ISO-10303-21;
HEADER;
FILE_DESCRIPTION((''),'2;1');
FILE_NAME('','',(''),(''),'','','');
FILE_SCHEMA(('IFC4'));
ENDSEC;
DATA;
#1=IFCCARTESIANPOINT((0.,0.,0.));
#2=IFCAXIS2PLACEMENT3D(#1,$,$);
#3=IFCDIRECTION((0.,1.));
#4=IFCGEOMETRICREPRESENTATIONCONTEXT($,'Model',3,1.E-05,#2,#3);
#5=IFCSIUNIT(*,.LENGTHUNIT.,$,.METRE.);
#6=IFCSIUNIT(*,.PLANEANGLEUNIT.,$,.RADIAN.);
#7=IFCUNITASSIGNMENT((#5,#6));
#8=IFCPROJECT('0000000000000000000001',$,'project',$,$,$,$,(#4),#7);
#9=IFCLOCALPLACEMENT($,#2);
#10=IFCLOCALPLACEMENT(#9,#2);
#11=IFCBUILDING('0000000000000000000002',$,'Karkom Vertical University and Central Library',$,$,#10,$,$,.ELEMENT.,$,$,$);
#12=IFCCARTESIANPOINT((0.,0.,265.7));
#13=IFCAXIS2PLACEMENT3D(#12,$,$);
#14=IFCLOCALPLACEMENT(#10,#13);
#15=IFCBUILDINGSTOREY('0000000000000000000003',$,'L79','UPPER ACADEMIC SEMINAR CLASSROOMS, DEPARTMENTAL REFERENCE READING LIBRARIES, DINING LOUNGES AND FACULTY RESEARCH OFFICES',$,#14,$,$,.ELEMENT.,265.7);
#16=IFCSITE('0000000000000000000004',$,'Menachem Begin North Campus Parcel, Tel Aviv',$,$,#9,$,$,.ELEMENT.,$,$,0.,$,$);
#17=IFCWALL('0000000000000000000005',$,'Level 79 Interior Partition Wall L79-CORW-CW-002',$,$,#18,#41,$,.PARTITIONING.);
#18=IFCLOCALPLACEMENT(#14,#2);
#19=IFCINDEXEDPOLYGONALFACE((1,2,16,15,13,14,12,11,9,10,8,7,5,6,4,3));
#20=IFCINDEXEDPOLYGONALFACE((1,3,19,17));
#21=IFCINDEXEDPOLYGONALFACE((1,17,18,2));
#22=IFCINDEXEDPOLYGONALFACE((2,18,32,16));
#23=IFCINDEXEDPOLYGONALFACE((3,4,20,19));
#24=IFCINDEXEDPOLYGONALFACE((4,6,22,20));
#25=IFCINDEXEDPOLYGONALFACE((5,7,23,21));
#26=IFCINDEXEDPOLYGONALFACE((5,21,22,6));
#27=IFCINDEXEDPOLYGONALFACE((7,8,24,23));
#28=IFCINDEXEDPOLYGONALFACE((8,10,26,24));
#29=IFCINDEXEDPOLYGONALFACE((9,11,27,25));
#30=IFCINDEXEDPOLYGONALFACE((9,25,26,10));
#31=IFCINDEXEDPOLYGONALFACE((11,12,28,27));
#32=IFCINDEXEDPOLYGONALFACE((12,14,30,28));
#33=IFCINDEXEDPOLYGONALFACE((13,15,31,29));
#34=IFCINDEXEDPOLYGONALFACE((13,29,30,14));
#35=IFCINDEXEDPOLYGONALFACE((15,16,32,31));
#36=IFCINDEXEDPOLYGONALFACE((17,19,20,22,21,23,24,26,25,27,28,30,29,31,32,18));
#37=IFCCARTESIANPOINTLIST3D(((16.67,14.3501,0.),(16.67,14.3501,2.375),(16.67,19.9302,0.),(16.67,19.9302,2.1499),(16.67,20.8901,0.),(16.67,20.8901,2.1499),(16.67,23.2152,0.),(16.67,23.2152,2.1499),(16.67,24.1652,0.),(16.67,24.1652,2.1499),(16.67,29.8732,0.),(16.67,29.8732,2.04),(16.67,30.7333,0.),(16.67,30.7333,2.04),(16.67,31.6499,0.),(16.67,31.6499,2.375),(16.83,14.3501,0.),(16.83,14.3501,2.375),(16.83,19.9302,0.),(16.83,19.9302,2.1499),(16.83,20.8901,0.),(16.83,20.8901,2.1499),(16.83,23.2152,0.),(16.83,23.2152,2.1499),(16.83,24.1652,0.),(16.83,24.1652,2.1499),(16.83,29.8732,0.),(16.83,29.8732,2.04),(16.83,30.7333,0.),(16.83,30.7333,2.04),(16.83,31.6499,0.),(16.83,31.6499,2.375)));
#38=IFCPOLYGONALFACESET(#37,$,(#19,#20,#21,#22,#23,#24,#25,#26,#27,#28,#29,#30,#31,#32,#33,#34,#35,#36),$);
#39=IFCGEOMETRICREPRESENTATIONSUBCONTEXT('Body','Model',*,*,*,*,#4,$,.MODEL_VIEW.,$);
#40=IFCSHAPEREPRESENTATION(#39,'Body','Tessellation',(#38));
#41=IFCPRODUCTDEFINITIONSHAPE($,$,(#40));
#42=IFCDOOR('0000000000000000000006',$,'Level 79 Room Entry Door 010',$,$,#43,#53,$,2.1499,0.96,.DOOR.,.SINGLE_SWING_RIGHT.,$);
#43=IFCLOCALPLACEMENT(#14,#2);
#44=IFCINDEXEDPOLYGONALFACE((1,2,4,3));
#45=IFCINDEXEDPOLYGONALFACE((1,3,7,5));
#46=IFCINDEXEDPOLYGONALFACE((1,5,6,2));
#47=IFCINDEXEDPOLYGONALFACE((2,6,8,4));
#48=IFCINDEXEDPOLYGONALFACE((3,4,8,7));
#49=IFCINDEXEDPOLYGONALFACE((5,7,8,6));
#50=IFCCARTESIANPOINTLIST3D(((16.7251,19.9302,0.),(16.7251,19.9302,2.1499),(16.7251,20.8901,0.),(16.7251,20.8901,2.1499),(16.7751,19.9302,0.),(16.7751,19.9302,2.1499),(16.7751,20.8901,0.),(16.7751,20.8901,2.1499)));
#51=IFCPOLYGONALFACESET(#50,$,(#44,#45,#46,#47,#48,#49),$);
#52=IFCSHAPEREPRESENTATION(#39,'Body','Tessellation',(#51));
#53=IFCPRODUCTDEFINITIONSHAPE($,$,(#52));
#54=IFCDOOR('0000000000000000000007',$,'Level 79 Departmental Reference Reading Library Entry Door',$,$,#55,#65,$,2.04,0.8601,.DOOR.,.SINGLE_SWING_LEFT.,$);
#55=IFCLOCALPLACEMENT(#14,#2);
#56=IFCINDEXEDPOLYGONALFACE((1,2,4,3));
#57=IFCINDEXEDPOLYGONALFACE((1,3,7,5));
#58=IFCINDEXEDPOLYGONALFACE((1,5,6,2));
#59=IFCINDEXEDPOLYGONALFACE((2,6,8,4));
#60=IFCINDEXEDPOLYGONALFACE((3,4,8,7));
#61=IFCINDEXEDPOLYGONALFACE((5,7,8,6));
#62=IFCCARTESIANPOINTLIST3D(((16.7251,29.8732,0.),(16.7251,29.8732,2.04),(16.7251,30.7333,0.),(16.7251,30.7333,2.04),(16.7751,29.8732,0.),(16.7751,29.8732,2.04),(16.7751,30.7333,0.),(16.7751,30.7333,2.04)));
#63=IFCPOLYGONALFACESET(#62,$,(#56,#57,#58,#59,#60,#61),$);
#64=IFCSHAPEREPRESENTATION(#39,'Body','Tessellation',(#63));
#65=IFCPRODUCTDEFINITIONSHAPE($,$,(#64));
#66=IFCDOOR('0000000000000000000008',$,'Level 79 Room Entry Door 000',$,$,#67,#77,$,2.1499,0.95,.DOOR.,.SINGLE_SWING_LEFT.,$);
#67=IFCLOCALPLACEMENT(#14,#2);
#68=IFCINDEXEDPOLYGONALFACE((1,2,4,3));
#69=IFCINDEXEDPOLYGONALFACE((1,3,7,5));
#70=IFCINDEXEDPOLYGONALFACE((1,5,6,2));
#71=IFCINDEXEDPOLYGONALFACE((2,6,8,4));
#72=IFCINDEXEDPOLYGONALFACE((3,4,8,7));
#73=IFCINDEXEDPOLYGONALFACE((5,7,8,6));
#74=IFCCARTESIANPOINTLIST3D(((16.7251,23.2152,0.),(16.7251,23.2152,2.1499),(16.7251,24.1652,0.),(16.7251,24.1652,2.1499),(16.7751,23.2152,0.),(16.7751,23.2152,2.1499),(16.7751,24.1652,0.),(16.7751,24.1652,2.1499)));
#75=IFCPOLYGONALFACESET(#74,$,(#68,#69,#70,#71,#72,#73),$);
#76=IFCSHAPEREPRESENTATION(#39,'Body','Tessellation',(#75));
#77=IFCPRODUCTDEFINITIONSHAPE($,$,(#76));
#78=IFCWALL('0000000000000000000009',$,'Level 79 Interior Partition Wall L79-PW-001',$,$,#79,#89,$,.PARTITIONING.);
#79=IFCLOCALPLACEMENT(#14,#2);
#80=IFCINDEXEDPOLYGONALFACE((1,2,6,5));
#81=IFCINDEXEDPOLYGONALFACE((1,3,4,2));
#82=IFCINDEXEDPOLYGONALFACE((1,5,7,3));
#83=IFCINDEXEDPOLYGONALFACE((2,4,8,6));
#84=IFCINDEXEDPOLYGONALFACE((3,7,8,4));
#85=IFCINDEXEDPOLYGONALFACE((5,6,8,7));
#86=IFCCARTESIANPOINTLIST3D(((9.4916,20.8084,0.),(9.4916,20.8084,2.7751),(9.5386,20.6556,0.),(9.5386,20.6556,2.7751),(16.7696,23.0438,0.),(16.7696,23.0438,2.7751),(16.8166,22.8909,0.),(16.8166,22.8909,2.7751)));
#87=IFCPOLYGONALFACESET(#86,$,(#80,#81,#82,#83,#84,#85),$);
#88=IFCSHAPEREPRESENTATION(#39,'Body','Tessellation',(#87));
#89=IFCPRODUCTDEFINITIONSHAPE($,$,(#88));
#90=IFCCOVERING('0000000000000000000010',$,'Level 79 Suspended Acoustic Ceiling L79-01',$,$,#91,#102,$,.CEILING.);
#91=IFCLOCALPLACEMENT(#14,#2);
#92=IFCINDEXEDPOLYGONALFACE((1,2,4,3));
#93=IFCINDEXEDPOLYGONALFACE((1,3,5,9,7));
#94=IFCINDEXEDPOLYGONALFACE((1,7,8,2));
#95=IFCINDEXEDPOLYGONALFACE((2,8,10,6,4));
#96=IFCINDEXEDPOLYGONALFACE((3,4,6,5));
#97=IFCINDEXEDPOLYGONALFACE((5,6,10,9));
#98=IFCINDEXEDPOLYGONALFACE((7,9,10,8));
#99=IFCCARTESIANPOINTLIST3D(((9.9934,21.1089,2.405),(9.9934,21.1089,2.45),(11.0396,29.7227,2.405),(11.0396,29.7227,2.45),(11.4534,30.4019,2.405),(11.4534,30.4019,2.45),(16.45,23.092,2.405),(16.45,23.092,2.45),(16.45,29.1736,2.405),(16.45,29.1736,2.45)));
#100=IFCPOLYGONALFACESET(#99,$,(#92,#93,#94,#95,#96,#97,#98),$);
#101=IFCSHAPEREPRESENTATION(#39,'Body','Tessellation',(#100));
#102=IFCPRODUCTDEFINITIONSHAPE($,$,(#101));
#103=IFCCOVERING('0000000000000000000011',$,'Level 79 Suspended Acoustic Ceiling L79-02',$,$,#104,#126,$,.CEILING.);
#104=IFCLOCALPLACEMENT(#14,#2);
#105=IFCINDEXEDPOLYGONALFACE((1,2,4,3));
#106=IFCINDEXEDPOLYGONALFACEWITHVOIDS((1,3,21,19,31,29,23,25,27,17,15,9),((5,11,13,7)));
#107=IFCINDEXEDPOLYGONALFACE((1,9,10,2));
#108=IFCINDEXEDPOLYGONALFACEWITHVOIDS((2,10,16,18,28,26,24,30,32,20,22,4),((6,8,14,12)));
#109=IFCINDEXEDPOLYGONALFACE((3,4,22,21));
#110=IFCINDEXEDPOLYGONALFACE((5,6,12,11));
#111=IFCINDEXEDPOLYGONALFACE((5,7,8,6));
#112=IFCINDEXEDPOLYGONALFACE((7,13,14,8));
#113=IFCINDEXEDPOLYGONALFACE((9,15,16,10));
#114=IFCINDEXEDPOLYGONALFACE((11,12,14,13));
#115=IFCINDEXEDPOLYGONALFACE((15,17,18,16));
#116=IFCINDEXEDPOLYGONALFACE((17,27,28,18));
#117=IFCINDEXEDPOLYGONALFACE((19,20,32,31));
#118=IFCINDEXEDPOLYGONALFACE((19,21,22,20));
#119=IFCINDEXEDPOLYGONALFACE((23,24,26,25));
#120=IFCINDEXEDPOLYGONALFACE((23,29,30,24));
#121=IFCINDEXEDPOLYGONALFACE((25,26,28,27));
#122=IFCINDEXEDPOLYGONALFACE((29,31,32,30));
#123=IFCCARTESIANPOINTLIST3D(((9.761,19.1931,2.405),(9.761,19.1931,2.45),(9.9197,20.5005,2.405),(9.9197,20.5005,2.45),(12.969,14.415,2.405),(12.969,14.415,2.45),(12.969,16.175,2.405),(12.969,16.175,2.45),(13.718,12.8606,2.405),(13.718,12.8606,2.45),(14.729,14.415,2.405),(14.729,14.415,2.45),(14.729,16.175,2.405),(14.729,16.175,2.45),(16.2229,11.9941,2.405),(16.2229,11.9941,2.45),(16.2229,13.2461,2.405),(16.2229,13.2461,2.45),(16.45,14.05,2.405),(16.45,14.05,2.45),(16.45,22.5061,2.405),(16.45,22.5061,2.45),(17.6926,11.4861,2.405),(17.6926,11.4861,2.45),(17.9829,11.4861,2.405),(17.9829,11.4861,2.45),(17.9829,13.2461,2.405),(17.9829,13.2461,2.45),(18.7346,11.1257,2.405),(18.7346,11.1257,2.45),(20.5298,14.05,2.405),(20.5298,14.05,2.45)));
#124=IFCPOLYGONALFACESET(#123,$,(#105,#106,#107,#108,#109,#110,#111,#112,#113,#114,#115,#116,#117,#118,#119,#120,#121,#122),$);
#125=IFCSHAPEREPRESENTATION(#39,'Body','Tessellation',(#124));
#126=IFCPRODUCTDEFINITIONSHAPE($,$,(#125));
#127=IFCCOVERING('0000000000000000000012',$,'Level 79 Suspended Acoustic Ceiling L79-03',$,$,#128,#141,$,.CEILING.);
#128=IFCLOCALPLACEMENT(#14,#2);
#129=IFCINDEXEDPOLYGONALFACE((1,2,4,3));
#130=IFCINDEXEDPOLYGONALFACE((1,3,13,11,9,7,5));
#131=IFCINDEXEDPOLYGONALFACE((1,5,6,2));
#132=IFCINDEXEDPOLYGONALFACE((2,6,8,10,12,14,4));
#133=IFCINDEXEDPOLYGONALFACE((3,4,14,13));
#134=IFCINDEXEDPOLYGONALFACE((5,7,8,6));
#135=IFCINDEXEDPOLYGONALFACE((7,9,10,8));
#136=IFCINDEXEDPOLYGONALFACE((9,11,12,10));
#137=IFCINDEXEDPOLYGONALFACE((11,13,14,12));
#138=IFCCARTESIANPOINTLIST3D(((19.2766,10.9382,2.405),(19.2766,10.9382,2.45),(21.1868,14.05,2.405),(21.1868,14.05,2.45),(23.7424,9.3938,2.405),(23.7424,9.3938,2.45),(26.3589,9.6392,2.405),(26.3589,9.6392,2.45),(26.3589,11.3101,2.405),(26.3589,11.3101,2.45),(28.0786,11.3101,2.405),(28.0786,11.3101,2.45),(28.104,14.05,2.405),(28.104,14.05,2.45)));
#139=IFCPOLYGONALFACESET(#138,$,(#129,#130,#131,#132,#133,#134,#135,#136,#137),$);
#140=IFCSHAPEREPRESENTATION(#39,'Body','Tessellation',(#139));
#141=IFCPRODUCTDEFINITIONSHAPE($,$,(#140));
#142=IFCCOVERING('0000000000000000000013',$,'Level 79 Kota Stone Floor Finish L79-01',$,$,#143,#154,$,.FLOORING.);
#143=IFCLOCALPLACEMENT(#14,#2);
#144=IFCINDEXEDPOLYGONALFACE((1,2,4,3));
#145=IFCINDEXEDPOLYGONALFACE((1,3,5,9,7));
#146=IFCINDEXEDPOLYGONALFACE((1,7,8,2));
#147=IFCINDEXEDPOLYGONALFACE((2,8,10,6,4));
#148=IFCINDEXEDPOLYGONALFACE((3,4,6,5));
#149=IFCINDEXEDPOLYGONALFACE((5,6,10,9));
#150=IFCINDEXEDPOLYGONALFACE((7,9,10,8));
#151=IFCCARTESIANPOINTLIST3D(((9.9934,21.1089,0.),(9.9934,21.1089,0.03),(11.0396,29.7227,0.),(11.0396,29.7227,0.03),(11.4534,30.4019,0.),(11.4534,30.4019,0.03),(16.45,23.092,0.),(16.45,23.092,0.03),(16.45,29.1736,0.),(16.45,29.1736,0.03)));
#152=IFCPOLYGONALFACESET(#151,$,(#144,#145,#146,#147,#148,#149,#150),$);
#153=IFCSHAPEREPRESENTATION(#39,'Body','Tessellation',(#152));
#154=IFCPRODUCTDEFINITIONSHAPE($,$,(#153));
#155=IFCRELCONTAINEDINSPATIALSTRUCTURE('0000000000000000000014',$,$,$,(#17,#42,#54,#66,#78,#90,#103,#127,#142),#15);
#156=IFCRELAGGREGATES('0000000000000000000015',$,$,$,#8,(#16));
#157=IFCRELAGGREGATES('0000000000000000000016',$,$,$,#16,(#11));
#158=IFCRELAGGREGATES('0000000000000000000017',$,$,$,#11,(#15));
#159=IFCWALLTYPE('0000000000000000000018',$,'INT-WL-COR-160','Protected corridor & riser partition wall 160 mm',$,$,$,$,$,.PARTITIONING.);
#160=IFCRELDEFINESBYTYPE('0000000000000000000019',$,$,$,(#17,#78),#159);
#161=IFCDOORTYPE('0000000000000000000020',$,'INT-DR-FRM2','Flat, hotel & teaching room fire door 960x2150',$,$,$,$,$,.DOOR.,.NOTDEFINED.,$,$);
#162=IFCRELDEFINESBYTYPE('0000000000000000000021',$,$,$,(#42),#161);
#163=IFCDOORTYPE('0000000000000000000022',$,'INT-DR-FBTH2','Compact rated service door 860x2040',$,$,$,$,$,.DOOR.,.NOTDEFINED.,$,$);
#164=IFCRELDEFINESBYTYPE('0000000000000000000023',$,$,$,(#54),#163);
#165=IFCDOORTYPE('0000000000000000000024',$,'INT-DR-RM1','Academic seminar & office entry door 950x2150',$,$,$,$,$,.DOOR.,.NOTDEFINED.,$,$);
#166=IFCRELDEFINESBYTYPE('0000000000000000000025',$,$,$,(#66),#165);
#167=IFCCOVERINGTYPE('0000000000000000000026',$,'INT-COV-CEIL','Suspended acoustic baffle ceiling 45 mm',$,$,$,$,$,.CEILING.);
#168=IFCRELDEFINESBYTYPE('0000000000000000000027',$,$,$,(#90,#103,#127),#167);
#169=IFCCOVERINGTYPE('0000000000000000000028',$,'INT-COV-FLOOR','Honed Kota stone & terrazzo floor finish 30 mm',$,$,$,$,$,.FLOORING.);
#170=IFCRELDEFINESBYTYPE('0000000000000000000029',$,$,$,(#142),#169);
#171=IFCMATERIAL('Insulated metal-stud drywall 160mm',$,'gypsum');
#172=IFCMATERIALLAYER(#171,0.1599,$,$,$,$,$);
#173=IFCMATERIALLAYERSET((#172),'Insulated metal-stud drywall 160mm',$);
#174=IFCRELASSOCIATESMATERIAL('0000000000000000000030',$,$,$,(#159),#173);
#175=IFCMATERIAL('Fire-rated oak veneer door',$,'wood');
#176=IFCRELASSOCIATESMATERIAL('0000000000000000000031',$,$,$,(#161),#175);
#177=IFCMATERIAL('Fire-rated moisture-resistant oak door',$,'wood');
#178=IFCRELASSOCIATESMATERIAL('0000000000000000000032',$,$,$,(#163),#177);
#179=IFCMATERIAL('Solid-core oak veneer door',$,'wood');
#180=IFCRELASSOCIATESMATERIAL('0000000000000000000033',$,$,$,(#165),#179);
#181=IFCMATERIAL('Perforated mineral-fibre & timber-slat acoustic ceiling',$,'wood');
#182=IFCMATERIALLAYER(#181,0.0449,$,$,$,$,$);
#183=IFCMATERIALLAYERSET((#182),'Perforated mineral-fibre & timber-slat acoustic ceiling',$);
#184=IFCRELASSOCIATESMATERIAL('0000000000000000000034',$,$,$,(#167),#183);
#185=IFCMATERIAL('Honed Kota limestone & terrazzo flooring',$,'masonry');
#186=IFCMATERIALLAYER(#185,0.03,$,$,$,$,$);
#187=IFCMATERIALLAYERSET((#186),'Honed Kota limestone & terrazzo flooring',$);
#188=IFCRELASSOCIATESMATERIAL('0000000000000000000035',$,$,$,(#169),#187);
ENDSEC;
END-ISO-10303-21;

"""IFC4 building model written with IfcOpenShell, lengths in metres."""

from ifc_helpers import new_model, si_unit, direction, frame, frame_2d, origin, origin_with_axes, place, context, subcontext, project, spatial, polyline, rectangle, outline, extrude, source, transform, mapped, material, layer, layer_set, type_object, element, fill, save


model = new_model("IFC4")

# Units and contexts
model_context = context("Model", 3, precision=1e-05, world=origin(), true_north=direction((0.0, 1.0)))
body_context = subcontext(model_context, "Body", "Model", "MODEL_VIEW")
ifc_project = project(units=[si_unit("LENGTHUNIT", "METRE"), si_unit("PLANEANGLEUNIT", "RADIAN")], contexts=[model_context])

# Site, building, storey
site_placement = place(None, origin())
site = spatial("IfcSite", under=ifc_project, at=site_placement, Name="Menachem Begin North Campus Parcel, Tel Aviv", CompositionType="ELEMENT", RefElevation=0.0)
building_placement = place(site_placement, origin())
building = spatial("IfcBuilding", under=site, at=building_placement, Name="Karkom Vertical University and Central Library", CompositionType="ELEMENT")
storey_placement = place(building_placement, frame((0.0, 0.0, 265.7)))
storey = spatial("IfcBuildingStorey", under=building, at=storey_placement, Name="L79", Description="UPPER ACADEMIC SEMINAR CLASSROOMS, DEPARTMENTAL REFERENCE READING LIBRARIES, DINING LOUNGES AND FACULTY RESEARCH OFFICES", CompositionType="ELEMENT", Elevation=265.7)

# Wall, openings, doors
ifc_material_1 = material(Name="Insulated metal-stud drywall 160mm", Category="gypsum")
ifc_layer_1 = layer(ifc_material_1, 0.1599)
ifc_layer_set_1 = layer_set([ifc_layer_1], Name="Insulated metal-stud drywall 160mm")
wall_type_1 = type_object("IfcWallType", Name="INT-WL-COR-160", Description="Protected corridor & riser partition wall 160 mm", PredefinedType="PARTITIONING", material=ifc_layer_set_1)
wall_1_placement = place(storey_placement, frame((16.75, 14.3501, 0.0), z_axis=(0.0, 0.0, 1.0), x_axis=(0.0, 1.0, 0.0)))
wall_1 = element("IfcWall", 1, at=wall_1_placement, inside=storey, type_object=wall_type_1, Name="Level 79 Interior Partition Wall L79-CORW-CW-002", PredefinedType="PARTITIONING", context=body_context, shape_type="SweptSolid", body=[
    extrude(rectangle(XDim=17.2998, YDim=0.1599, at=frame_2d((8.6499, 0.0))), origin(), (0.0, 0.0, 1.0), 2.375),
])
opening_1_placement = place(wall_1_placement, frame((8.865, 0.0, 0.0)))
opening_1 = element("IfcOpeningElement", 2, at=opening_1_placement, cuts=wall_1, PredefinedType="OPENING", context=body_context, shape_type="SweptSolid", body=[
    extrude(rectangle(XDim=0.95, YDim=2.1499, at=frame_2d((0.4751, 1.075))), frame((0.0, 0.0898, 0.0), z_axis=(0.0, -1.0, 0.0), x_axis=(1.0, 0.0, 0.0)), (0.0, 0.0, 1.0), 0.1799),
])
opening_2_placement = place(wall_1_placement, frame((5.5801, 0.0, 0.0)))
opening_2 = element("IfcOpeningElement", 3, at=opening_2_placement, cuts=wall_1, PredefinedType="OPENING", context=body_context, shape_type="SweptSolid", body=[
    extrude(rectangle(XDim=0.96, YDim=2.1499, at=frame_2d((0.48, 1.075))), frame((0.0, 0.0898, 0.0), z_axis=(0.0, -1.0, 0.0), x_axis=(1.0, 0.0, 0.0)), (0.0, 0.0, 1.0), 0.1799),
])
opening_3_placement = place(wall_1_placement, frame((15.5229, 0.0, 0.0)))
opening_3 = element("IfcOpeningElement", 4, at=opening_3_placement, cuts=wall_1, PredefinedType="OPENING", context=body_context, shape_type="SweptSolid", body=[
    extrude(rectangle(XDim=0.8601, YDim=2.04, at=frame_2d((0.4302, 1.02))), frame((0.0, 0.0898, 0.0), z_axis=(0.0, -1.0, 0.0), x_axis=(1.0, 0.0, 0.0)), (0.0, 0.0, 1.0), 0.1799),
])
ifc_material_2 = material(Name="Fire-rated oak veneer door", Category="wood")
door_type_1 = type_object("IfcDoorType", Name="INT-DR-FRM2", Description="Flat, hotel & teaching room fire door 960x2150", OperationType="NOTDEFINED", PredefinedType="DOOR", material=ifc_material_2)
shared_shape_1 = source(origin_with_axes(), body_context, "Body", "SweptSolid", [
    extrude(rectangle(XDim=0.96, YDim=2.1499, at=frame_2d((0.48, 1.075))), frame((0.0, 0.0249, 0.0), z_axis=(0.0, -1.0, 0.0), x_axis=(1.0, 0.0, 0.0)), (0.0, 0.0, 1.0), 0.05),
])
door_1_placement = place(opening_2_placement, origin())
door_1 = element("IfcDoor", 5, at=door_1_placement, inside=storey, type_object=door_type_1, Name="Level 79 Room Entry Door 010", OperationType="SINGLE_SWING_RIGHT", OverallHeight=2.1499, OverallWidth=0.96, PredefinedType="DOOR", context=body_context, shape_type="MappedRepresentation", body=[
    mapped(shared_shape_1, transform((0.0, 0.0, 0.0), scale=1.0)),
])
fill(opening_2, door_1)
ifc_material_3 = material(Name="Fire-rated moisture-resistant oak door", Category="wood")
door_type_2 = type_object("IfcDoorType", Name="INT-DR-FBTH2", Description="Compact rated service door 860x2040", OperationType="NOTDEFINED", PredefinedType="DOOR", material=ifc_material_3)
shared_shape_2 = source(origin_with_axes(), body_context, "Body", "SweptSolid", [
    extrude(rectangle(XDim=0.8601, YDim=2.04, at=frame_2d((0.4302, 1.02))), frame((0.0, 0.0249, 0.0), z_axis=(0.0, -1.0, 0.0), x_axis=(1.0, 0.0, 0.0)), (0.0, 0.0, 1.0), 0.05),
])
door_2_placement = place(opening_3_placement, origin())
door_2 = element("IfcDoor", 6, at=door_2_placement, inside=storey, type_object=door_type_2, Name="Level 79 Departmental Reference Reading Library Entry Door", OperationType="SINGLE_SWING_LEFT", OverallHeight=2.04, OverallWidth=0.8601, PredefinedType="DOOR", context=body_context, shape_type="MappedRepresentation", body=[
    mapped(shared_shape_2, transform((0.0, 0.0, 0.0), scale=1.0)),
])
fill(opening_3, door_2)
ifc_material_4 = material(Name="Solid-core oak veneer door", Category="wood")
door_type_3 = type_object("IfcDoorType", Name="INT-DR-RM1", Description="Academic seminar & office entry door 950x2150", OperationType="NOTDEFINED", PredefinedType="DOOR", material=ifc_material_4)
shared_shape_3 = source(origin_with_axes(), body_context, "Body", "SweptSolid", [
    extrude(rectangle(XDim=0.95, YDim=2.1499, at=frame_2d((0.4751, 1.075))), frame((0.0, 0.0249, 0.0), z_axis=(0.0, -1.0, 0.0), x_axis=(1.0, 0.0, 0.0)), (0.0, 0.0, 1.0), 0.05),
])
door_3_placement = place(opening_1_placement, origin())
door_3 = element("IfcDoor", 7, at=door_3_placement, inside=storey, type_object=door_type_3, Name="Level 79 Room Entry Door 000", OperationType="SINGLE_SWING_LEFT", OverallHeight=2.1499, OverallWidth=0.95, PredefinedType="DOOR", context=body_context, shape_type="MappedRepresentation", body=[
    mapped(shared_shape_3, transform((0.0, 0.0, 0.0), scale=1.0)),
])
fill(opening_1, door_3)

# Wall
wall_2_placement = place(storey_placement, frame((16.793, 22.9673, 0.0), z_axis=(0.0, 0.0, 1.0), x_axis=(-0.955929, -0.293599, 0.0)))
element("IfcWall", 8, at=wall_2_placement, inside=storey, type_object=wall_type_1, Name="Level 79 Interior Partition Wall L79-PW-001", PredefinedType="PARTITIONING", context=body_context, shape_type="SweptSolid", body=[
    extrude(rectangle(XDim=7.6135, YDim=0.1599, at=frame_2d((3.8066, 0.0))), origin(), (0.0, 0.0, 1.0), 2.7751),
])

# Coverings
ifc_material_5 = material(Name="Perforated mineral-fibre & timber-slat acoustic ceiling", Category="wood")
ifc_layer_2 = layer(ifc_material_5, 0.0449)
ifc_layer_set_2 = layer_set([ifc_layer_2], Name="Perforated mineral-fibre & timber-slat acoustic ceiling")
covering_type_1 = type_object("IfcCoveringType", Name="INT-COV-CEIL", Description="Suspended acoustic baffle ceiling 45 mm", PredefinedType="CEILING", material=ifc_layer_set_2)
covering_1_placement = place(storey_placement, frame((0.0, 0.0, 2.405)))
element("IfcCovering", 9, at=covering_1_placement, inside=storey, type_object=covering_type_1, Name="Level 79 Suspended Acoustic Ceiling L79-01", PredefinedType="CEILING", context=body_context, shape_type="SweptSolid", body=[
    extrude(outline(polyline([(9.9934, 21.1089), (11.0396, 29.7227), (11.4534, 30.4019), (16.45, 29.1736), (16.45, 23.092), (9.9934, 21.1089)])), origin(), (0.0, 0.0, 1.0), 0.0449),
])
covering_2_placement = place(storey_placement, frame((0.0, 0.0, 2.405)))
element("IfcCovering", 10, at=covering_2_placement, inside=storey, type_object=covering_type_1, Name="Level 79 Suspended Acoustic Ceiling L79-02", PredefinedType="CEILING", context=body_context, shape_type="SweptSolid", body=[
    extrude(outline(polyline([(13.718, 12.8606), (9.761, 19.1931), (9.9197, 20.5005), (16.45, 22.5061), (16.45, 14.05), (20.5298, 14.05), (18.7346, 11.1257), (17.6926, 11.4861), (17.9829, 11.4861), (17.9829, 13.2461), (16.2229, 13.2461), (16.2229, 11.9941), (13.718, 12.8606)]), holes=[polyline([(14.729, 14.415), (14.729, 16.175), (12.969, 16.175), (12.969, 14.415), (14.729, 14.415)])]), origin(), (0.0, 0.0, 1.0), 0.0449),
])
covering_3_placement = place(storey_placement, frame((0.0, 0.0, 2.405)))
element("IfcCovering", 11, at=covering_3_placement, inside=storey, type_object=covering_type_1, Name="Level 79 Suspended Acoustic Ceiling L79-03", PredefinedType="CEILING", context=body_context, shape_type="SweptSolid", body=[
    extrude(outline(polyline([(19.2766, 10.9382), (21.1868, 14.05), (28.104, 14.05), (28.0786, 11.3101), (26.3589, 11.3101), (26.3589, 9.6392), (23.7424, 9.3938), (19.2766, 10.9382)])), origin(), (0.0, 0.0, 1.0), 0.0449),
])
ifc_material_6 = material(Name="Honed Kota limestone & terrazzo flooring", Category="masonry")
ifc_layer_3 = layer(ifc_material_6, 0.03)
ifc_layer_set_3 = layer_set([ifc_layer_3], Name="Honed Kota limestone & terrazzo flooring")
covering_type_2 = type_object("IfcCoveringType", Name="INT-COV-FLOOR", Description="Honed Kota stone & terrazzo floor finish 30 mm", PredefinedType="FLOORING", material=ifc_layer_set_3)
covering_4_placement = place(storey_placement, origin())
element("IfcCovering", 12, at=covering_4_placement, inside=storey, type_object=covering_type_2, Name="Level 79 Kota Stone Floor Finish L79-01", PredefinedType="FLOORING", context=body_context, shape_type="SweptSolid", body=[
    extrude(outline(polyline([(9.9934, 21.1089), (11.0396, 29.7227), (11.4534, 30.4019), (16.45, 29.1736), (16.45, 23.092), (9.9934, 21.1089)])), origin(), (0.0, 0.0, 1.0), 0.03),
])

save(model, "model.ifc")
